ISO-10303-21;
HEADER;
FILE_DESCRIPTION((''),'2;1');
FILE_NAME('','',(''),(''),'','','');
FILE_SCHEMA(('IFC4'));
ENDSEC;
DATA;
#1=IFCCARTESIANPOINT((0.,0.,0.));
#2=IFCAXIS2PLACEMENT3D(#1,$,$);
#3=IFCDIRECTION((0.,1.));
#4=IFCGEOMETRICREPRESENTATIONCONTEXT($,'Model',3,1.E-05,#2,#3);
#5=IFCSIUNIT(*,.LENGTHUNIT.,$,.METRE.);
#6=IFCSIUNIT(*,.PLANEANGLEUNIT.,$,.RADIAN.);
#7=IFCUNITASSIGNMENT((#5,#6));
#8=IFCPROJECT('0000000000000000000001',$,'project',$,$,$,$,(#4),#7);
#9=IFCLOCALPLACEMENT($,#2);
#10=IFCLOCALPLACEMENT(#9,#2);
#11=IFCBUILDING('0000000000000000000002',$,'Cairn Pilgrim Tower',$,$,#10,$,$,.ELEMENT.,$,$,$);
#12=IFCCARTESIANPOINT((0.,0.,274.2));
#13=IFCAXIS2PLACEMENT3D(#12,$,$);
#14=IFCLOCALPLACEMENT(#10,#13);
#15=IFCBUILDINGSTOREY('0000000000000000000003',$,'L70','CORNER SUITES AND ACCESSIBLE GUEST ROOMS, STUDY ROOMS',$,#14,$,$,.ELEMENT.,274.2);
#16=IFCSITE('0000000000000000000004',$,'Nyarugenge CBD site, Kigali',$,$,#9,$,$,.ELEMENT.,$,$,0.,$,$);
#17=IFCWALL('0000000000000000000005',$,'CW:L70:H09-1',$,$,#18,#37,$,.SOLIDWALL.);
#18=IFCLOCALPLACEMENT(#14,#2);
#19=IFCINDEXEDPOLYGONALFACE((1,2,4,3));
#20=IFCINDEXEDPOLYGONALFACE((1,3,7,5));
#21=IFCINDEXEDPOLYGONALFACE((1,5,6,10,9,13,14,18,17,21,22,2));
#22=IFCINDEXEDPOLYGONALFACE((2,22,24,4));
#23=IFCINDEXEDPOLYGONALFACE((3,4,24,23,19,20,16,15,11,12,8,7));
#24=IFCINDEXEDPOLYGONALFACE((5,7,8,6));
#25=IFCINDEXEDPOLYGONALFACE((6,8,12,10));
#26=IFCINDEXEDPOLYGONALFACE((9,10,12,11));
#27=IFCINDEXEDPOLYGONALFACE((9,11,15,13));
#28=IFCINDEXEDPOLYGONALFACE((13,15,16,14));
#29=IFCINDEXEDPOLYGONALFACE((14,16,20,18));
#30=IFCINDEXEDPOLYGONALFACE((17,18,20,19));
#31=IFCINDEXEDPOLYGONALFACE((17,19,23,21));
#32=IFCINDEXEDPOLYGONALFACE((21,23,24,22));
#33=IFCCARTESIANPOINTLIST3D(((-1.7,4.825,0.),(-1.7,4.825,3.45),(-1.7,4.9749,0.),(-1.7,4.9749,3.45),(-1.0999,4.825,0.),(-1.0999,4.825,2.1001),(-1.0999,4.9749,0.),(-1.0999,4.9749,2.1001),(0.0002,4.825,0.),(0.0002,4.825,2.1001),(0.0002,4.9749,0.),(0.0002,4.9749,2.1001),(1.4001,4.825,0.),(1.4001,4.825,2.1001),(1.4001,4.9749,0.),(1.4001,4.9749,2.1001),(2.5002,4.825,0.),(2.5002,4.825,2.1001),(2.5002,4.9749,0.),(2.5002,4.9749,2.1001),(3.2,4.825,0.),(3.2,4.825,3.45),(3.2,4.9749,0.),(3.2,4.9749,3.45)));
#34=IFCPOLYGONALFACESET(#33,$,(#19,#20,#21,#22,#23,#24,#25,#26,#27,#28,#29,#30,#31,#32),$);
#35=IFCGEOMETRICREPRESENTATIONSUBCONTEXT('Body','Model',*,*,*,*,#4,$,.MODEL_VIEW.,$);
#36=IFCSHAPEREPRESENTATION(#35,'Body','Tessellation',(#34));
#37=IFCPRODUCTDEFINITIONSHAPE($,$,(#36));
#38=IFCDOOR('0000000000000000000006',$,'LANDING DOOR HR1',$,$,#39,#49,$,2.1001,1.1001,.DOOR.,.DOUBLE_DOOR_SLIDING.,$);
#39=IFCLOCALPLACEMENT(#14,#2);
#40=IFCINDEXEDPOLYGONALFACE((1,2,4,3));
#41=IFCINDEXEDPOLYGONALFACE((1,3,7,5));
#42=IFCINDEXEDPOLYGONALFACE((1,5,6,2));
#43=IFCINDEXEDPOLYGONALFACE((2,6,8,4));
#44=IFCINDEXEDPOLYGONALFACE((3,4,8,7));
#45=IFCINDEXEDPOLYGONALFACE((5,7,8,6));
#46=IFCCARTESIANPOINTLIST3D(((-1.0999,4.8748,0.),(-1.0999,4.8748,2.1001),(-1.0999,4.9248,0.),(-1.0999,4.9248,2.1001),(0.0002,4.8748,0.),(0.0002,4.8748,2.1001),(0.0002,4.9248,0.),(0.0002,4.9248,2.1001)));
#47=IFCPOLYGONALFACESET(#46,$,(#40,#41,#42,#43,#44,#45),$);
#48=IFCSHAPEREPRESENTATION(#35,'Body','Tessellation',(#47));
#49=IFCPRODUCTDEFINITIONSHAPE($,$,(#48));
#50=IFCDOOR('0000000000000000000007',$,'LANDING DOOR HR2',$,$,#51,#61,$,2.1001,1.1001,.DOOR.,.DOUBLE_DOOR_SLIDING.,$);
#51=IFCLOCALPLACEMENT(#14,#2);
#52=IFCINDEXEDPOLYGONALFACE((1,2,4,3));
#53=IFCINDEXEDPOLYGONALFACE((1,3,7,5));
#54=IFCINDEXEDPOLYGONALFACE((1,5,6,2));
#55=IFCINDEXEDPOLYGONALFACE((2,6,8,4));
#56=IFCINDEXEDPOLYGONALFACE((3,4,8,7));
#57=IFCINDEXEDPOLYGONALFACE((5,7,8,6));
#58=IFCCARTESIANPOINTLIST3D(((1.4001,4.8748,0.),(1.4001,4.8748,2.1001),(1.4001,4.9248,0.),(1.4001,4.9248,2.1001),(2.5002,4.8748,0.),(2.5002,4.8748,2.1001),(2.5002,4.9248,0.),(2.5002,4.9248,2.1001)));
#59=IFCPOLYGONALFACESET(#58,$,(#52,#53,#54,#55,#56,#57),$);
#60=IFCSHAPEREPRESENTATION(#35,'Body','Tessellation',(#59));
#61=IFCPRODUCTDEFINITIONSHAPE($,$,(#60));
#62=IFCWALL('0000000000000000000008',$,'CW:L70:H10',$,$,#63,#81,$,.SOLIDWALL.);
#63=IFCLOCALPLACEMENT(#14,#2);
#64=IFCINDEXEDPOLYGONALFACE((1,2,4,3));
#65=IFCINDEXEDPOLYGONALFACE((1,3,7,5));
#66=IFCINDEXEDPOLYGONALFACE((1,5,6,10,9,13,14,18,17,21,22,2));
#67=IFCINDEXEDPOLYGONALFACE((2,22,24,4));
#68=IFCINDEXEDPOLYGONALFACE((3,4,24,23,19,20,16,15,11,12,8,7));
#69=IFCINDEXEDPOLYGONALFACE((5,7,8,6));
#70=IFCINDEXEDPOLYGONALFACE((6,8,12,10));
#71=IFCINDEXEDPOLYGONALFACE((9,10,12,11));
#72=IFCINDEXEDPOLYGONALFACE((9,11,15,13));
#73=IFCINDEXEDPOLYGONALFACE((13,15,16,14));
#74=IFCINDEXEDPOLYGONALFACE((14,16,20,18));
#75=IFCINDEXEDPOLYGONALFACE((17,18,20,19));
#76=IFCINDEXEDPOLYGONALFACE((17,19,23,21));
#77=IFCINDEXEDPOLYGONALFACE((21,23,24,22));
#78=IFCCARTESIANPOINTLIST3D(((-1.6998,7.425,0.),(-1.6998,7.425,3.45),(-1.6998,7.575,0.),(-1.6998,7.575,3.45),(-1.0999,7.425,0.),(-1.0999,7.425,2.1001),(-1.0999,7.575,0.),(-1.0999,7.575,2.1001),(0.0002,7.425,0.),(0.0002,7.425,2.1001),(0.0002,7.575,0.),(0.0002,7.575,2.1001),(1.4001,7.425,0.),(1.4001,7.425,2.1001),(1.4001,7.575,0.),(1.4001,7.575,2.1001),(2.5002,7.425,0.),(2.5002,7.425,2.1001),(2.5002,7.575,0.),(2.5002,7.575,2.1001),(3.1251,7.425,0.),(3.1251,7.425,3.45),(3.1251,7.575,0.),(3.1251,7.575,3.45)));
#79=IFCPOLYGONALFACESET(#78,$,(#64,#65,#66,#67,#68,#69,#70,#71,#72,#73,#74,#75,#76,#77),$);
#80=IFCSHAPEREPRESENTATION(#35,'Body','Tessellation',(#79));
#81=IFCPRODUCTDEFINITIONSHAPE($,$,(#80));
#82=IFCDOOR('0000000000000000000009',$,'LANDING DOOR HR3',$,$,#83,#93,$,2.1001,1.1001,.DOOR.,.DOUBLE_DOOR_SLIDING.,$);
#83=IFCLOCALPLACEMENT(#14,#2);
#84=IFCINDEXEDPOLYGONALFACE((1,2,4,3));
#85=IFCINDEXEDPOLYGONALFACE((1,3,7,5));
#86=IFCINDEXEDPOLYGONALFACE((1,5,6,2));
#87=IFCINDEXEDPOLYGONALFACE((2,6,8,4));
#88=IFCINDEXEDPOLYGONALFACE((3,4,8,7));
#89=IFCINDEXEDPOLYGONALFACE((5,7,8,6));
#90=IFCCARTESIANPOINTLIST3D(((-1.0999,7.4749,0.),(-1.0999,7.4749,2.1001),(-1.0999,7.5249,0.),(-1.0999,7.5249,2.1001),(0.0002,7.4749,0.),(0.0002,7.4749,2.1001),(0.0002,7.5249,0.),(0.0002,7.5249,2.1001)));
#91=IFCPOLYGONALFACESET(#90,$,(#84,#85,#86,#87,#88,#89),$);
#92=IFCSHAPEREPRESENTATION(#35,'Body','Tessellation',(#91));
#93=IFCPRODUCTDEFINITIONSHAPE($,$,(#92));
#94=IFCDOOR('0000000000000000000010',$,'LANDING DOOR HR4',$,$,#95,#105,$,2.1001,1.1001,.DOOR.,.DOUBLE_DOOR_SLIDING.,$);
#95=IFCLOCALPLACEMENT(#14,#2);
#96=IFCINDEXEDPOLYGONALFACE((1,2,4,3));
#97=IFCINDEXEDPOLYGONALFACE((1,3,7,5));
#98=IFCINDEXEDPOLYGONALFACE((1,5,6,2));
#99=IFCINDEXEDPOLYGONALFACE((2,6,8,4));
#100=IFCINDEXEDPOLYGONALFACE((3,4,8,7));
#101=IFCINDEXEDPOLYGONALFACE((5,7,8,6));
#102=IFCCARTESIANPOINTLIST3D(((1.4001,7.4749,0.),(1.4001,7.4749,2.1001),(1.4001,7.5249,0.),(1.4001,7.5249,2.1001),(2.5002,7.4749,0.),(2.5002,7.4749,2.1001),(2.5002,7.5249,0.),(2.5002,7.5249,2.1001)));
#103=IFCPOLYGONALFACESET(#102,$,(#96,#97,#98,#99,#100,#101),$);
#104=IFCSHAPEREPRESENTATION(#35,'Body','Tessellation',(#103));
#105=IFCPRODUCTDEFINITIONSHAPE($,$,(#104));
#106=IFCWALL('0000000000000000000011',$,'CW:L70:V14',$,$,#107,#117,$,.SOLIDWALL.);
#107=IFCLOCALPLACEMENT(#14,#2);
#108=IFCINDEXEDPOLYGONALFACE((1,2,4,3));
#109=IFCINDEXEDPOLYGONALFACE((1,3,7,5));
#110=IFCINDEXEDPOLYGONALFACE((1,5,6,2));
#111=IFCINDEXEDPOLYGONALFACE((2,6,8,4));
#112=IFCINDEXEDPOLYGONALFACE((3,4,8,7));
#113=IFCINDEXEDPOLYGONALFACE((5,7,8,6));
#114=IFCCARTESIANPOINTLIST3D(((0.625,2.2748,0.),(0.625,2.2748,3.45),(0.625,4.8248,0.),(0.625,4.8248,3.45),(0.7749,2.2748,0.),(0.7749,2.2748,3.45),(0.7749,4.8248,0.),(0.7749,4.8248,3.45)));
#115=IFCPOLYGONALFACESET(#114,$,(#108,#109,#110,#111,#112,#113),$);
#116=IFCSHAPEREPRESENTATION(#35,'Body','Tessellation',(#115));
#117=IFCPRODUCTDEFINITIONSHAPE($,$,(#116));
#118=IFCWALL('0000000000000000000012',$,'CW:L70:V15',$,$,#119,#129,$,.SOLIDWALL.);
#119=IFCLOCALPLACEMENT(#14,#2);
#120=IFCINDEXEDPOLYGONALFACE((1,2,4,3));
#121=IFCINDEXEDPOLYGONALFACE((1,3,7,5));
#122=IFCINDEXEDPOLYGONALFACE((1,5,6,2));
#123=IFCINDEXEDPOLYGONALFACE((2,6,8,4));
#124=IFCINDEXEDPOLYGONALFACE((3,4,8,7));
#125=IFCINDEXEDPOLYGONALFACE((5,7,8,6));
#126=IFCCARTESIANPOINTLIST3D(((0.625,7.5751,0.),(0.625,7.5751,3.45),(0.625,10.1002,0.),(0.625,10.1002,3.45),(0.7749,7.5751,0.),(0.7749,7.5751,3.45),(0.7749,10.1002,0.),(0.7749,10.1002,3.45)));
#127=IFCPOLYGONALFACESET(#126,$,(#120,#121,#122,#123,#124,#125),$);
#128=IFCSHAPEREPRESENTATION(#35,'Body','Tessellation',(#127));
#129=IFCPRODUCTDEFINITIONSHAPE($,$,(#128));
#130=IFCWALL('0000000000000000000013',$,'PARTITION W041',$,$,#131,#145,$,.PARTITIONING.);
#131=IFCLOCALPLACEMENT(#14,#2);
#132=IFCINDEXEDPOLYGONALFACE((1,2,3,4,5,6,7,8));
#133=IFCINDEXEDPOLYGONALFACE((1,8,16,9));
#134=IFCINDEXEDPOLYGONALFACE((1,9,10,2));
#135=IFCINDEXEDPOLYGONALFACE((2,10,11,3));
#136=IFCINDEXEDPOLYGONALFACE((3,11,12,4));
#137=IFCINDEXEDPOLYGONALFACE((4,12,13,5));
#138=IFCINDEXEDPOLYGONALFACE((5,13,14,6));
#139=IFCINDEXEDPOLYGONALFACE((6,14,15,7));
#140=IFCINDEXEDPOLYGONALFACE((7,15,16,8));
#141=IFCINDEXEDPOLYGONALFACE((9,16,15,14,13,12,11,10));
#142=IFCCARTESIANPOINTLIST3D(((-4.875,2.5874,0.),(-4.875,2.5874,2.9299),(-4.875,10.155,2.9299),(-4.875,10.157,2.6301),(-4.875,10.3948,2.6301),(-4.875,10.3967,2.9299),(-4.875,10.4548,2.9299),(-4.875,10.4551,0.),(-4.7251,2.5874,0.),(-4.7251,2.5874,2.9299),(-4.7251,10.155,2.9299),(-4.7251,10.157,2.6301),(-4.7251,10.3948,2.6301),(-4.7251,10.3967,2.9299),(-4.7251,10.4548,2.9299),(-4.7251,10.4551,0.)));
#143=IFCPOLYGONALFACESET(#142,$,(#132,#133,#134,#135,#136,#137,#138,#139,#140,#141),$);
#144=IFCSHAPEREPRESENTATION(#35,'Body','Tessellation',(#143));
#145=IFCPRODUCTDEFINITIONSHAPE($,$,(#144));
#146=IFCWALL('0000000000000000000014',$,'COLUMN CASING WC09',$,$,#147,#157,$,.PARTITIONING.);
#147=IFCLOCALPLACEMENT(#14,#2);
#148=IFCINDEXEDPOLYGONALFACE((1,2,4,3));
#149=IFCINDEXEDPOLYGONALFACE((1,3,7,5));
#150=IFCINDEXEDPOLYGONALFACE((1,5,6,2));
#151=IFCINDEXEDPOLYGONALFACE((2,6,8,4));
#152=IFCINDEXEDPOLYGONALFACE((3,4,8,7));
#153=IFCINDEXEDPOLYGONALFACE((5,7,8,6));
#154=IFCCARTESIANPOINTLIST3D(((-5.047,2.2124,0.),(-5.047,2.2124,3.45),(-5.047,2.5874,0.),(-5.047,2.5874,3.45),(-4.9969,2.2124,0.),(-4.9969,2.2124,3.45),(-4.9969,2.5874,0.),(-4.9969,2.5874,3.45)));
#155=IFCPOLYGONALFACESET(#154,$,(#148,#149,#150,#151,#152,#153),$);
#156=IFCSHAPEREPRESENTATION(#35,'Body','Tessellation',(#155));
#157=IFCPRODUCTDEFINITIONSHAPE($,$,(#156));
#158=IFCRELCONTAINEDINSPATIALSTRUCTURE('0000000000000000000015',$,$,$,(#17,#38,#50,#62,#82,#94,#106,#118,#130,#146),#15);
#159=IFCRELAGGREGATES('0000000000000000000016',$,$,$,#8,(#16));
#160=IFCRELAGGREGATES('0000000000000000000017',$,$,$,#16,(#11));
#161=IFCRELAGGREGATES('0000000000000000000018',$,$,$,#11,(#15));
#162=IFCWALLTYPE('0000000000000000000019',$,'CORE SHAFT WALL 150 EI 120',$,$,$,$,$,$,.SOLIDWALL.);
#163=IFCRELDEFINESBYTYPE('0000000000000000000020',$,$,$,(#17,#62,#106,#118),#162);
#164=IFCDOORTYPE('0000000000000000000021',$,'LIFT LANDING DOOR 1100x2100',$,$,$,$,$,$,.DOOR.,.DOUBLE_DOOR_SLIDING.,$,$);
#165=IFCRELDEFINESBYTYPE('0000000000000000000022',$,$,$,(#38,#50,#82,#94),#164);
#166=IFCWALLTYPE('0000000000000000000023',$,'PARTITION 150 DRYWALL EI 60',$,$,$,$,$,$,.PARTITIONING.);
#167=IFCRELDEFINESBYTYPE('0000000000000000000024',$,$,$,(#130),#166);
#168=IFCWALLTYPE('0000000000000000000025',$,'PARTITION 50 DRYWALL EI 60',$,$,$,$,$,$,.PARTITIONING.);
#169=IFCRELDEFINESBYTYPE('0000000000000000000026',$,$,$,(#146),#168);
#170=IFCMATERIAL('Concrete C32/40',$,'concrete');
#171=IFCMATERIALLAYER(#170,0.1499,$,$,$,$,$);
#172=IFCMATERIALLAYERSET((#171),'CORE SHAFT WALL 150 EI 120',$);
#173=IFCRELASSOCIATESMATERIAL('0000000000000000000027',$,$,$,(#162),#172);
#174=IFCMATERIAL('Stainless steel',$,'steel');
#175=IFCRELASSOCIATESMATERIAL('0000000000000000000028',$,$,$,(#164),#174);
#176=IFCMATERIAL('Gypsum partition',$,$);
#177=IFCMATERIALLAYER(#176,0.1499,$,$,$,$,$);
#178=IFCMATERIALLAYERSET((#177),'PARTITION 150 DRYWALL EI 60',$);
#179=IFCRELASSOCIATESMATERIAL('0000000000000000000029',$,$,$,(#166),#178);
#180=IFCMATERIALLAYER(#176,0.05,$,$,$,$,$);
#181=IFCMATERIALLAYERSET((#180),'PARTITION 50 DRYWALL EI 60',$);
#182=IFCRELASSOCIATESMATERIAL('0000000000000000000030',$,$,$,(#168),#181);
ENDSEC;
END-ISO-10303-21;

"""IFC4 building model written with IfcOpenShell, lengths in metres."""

from ifc_helpers import new_model, si_unit, direction, frame, frame_2d, origin, place, context, subcontext, project, spatial, polyline, rectangle, outline, extrude, material, layer, layer_set, type_object, element, fill, save


model = new_model("IFC4")

# Units and contexts
model_context = context("Model", 3, precision=1e-05, world=origin(), true_north=direction((0.0, 1.0)))
body_context = subcontext(model_context, "Body", "Model", "MODEL_VIEW")
ifc_project = project(units=[si_unit("LENGTHUNIT", "METRE"), si_unit("PLANEANGLEUNIT", "RADIAN")], contexts=[model_context])

# Site, building, storey
site_placement = place(None, origin())
site = spatial("IfcSite", under=ifc_project, at=site_placement, Name="Nyarugenge CBD site, Kigali", CompositionType="ELEMENT", RefElevation=0.0)
building_placement = place(site_placement, origin())
building = spatial("IfcBuilding", under=site, at=building_placement, Name="Cairn Pilgrim Tower", CompositionType="ELEMENT")
storey_placement = place(building_placement, frame((0.0, 0.0, 274.2)))
storey = spatial("IfcBuildingStorey", under=building, at=storey_placement, Name="L70", Description="CORNER SUITES AND ACCESSIBLE GUEST ROOMS, STUDY ROOMS", CompositionType="ELEMENT", Elevation=274.2)

# Shared definitions
ifc_material_1 = material(Name="Concrete C32/40", Category="concrete")

# Shared definitions
ifc_layer_1 = layer(ifc_material_1, 0.1499)
ifc_layer_set_1 = layer_set([ifc_layer_1], Name="CORE SHAFT WALL 150 EI 120")
wall_type_1 = type_object("IfcWallType", Name="CORE SHAFT WALL 150 EI 120", PredefinedType="SOLIDWALL", material=ifc_layer_set_1)

# Walls, openings, doors
wall_1_placement = place(storey_placement, frame((-1.7, 4.8999, 0.0), z_axis=(0.0, 0.0, 1.0), x_axis=(1.0, 0.0, 0.0)))
wall_1 = element("IfcWall", 1, at=wall_1_placement, inside=storey, type_object=wall_type_1, Name="CW:L70:H09-1", PredefinedType="SOLIDWALL", context=body_context, shape_type="SweptSolid", body=[
    extrude(rectangle(XDim=4.8999, YDim=0.1499, at=frame_2d((2.45, 0.0))), origin(), (0.0, 0.0, 1.0), 3.45),
])
opening_1_placement = place(wall_1_placement, frame((0.6001, 0.0, 0.0)))
opening_1 = element("IfcOpeningElement", 2, at=opening_1_placement, cuts=wall_1, PredefinedType="OPENING", context=body_context, shape_type="SweptSolid", body=[
    extrude(rectangle(XDim=1.1001, YDim=2.1001, at=frame_2d((0.55, 1.05))), frame((0.0, 0.085, 0.0), z_axis=(0.0, -1.0, 0.0), x_axis=(1.0, 0.0, 0.0)), (0.0, 0.0, 1.0), 0.1699),
])
opening_2_placement = place(wall_1_placement, frame((3.1001, 0.0, 0.0)))
opening_2 = element("IfcOpeningElement", 3, at=opening_2_placement, cuts=wall_1, PredefinedType="OPENING", context=body_context, shape_type="SweptSolid", body=[
    extrude(rectangle(XDim=1.1001, YDim=2.1001, at=frame_2d((0.55, 1.05))), frame((0.0, 0.085, 0.0), z_axis=(0.0, -1.0, 0.0), x_axis=(1.0, 0.0, 0.0)), (0.0, 0.0, 1.0), 0.1699),
])
ifc_material_2 = material(Name="Stainless steel", Category="steel")
door_type = type_object("IfcDoorType", Name="LIFT LANDING DOOR 1100x2100", OperationType="DOUBLE_DOOR_SLIDING", PredefinedType="DOOR", material=ifc_material_2)
door_1_placement = place(opening_1_placement, origin())
door_1 = element("IfcDoor", 4, at=door_1_placement, inside=storey, type_object=door_type, Name="LANDING DOOR HR1", OperationType="DOUBLE_DOOR_SLIDING", OverallHeight=2.1001, OverallWidth=1.1001, PredefinedType="DOOR", context=body_context, shape_type="SweptSolid", body=[
    extrude(rectangle(XDim=1.1001, YDim=2.1001, at=frame_2d((0.55, 1.05))), frame((0.0, 0.0249, 0.0), z_axis=(0.0, -1.0, 0.0), x_axis=(1.0, 0.0, 0.0)), (0.0, 0.0, 1.0), 0.05),
])
fill(opening_1, door_1)
door_2_placement = place(opening_2_placement, origin())
door_2 = element("IfcDoor", 5, at=door_2_placement, inside=storey, type_object=door_type, Name="LANDING DOOR HR2", OperationType="DOUBLE_DOOR_SLIDING", OverallHeight=2.1001, OverallWidth=1.1001, PredefinedType="DOOR", context=body_context, shape_type="SweptSolid", body=[
    extrude(rectangle(XDim=1.1001, YDim=2.1001, at=frame_2d((0.55, 1.05))), frame((0.0, 0.0249, 0.0), z_axis=(0.0, -1.0, 0.0), x_axis=(1.0, 0.0, 0.0)), (0.0, 0.0, 1.0), 0.05),
])
fill(opening_2, door_2)
wall_2_placement = place(storey_placement, frame((-1.7, 7.5, 0.0), z_axis=(0.0, 0.0, 1.0), x_axis=(1.0, 0.0, 0.0)))
wall_2 = element("IfcWall", 6, at=wall_2_placement, inside=storey, type_object=wall_type_1, Name="CW:L70:H10", PredefinedType="SOLIDWALL", context=body_context, shape_type="SweptSolid", body=[
    extrude(rectangle(XDim=4.825, YDim=0.1499, at=frame_2d((2.4126, 0.0))), origin(), (0.0, 0.0, 1.0), 3.45),
])
opening_3_placement = place(wall_2_placement, frame((0.6001, 0.0, 0.0)))
opening_3 = element("IfcOpeningElement", 7, at=opening_3_placement, cuts=wall_2, PredefinedType="OPENING", context=body_context, shape_type="SweptSolid", body=[
    extrude(rectangle(XDim=1.1001, YDim=2.1001, at=frame_2d((0.55, 1.05))), frame((0.0, 0.085, 0.0), z_axis=(0.0, -1.0, 0.0), x_axis=(1.0, 0.0, 0.0)), (0.0, 0.0, 1.0), 0.1699),
])
opening_4_placement = place(wall_2_placement, frame((3.1001, 0.0, 0.0)))
opening_4 = element("IfcOpeningElement", 8, at=opening_4_placement, cuts=wall_2, PredefinedType="OPENING", context=body_context, shape_type="SweptSolid", body=[
    extrude(rectangle(XDim=1.1001, YDim=2.1001, at=frame_2d((0.55, 1.05))), frame((0.0, 0.085, 0.0), z_axis=(0.0, -1.0, 0.0), x_axis=(1.0, 0.0, 0.0)), (0.0, 0.0, 1.0), 0.1699),
])
door_3_placement = place(opening_3_placement, origin())
door_3 = element("IfcDoor", 9, at=door_3_placement, inside=storey, type_object=door_type, Name="LANDING DOOR HR3", OperationType="DOUBLE_DOOR_SLIDING", OverallHeight=2.1001, OverallWidth=1.1001, PredefinedType="DOOR", context=body_context, shape_type="SweptSolid", body=[
    extrude(rectangle(XDim=1.1001, YDim=2.1001, at=frame_2d((0.55, 1.05))), frame((0.0, 0.0249, 0.0), z_axis=(0.0, -1.0, 0.0), x_axis=(1.0, 0.0, 0.0)), (0.0, 0.0, 1.0), 0.05),
])
fill(opening_3, door_3)
door_4_placement = place(opening_4_placement, origin())
door_4 = element("IfcDoor", 10, at=door_4_placement, inside=storey, type_object=door_type, Name="LANDING DOOR HR4", OperationType="DOUBLE_DOOR_SLIDING", OverallHeight=2.1001, OverallWidth=1.1001, PredefinedType="DOOR", context=body_context, shape_type="SweptSolid", body=[
    extrude(rectangle(XDim=1.1001, YDim=2.1001, at=frame_2d((0.55, 1.05))), frame((0.0, 0.0249, 0.0), z_axis=(0.0, -1.0, 0.0), x_axis=(1.0, 0.0, 0.0)), (0.0, 0.0, 1.0), 0.05),
])
fill(opening_4, door_4)

# Walls
wall_3_placement = place(storey_placement, frame((0.7, 2.2749, 0.0), z_axis=(0.0, 0.0, 1.0), x_axis=(0.0, 1.0, 0.0)))
element("IfcWall", 11, at=wall_3_placement, inside=storey, type_object=wall_type_1, Name="CW:L70:V14", PredefinedType="SOLIDWALL", context=body_context, shape_type="SweptSolid", body=[
    extrude(rectangle(XDim=2.55, YDim=0.1499, at=frame_2d((1.2749, 0.0))), origin(), (0.0, 0.0, 1.0), 3.45),
])
wall_4_placement = place(storey_placement, frame((0.7, 7.575, 0.0), z_axis=(0.0, 0.0, 1.0), x_axis=(0.0, 1.0, 0.0)))
element("IfcWall", 12, at=wall_4_placement, inside=storey, type_object=wall_type_1, Name="CW:L70:V15", PredefinedType="SOLIDWALL", context=body_context, shape_type="SweptSolid", body=[
    extrude(rectangle(XDim=2.5251, YDim=0.1499, at=frame_2d((1.2627, 0.0))), origin(), (0.0, 0.0, 1.0), 3.45),
])
ifc_material_3 = material(Name="Gypsum partition")
ifc_layer_2 = layer(ifc_material_3, 0.1499)
ifc_layer_set_2 = layer_set([ifc_layer_2], Name="PARTITION 150 DRYWALL EI 60")
wall_type_2 = type_object("IfcWallType", Name="PARTITION 150 DRYWALL EI 60", PredefinedType="PARTITIONING", material=ifc_layer_set_2)
wall_5_placement = place(storey_placement, frame((-4.8, 2.5874, 0.0), z_axis=(0.0, 0.0, 1.0), x_axis=(0.0, 1.0, 0.0)))
element("IfcWall", 13, at=wall_5_placement, inside=storey, type_object=wall_type_2, Name="PARTITION W041", PredefinedType="PARTITIONING", context=body_context, shape_type="SweptSolid", body=[
    extrude(outline(polyline([(0.0, 0.0), (7.8677, 0.0), (7.8674, 2.9299), (7.8093, 2.9299), (7.8074, 2.6301), (7.5696, 2.6301), (7.5676, 2.9299), (0.0, 2.9299), (0.0, 0.0)])), frame((0.0, 0.075, 0.0), z_axis=(0.0, -1.0, 0.0), x_axis=(1.0, 0.0, 0.0)), (0.0, 0.0, 1.0), 0.1499),
])
ifc_layer_3 = layer(ifc_material_3, 0.05)
ifc_layer_set_3 = layer_set([ifc_layer_3], Name="PARTITION 50 DRYWALL EI 60")
wall_type_3 = type_object("IfcWallType", Name="PARTITION 50 DRYWALL EI 60", PredefinedType="PARTITIONING", material=ifc_layer_set_3)
wall_6_placement = place(storey_placement, frame((-5.022, 2.2124, 0.0), z_axis=(0.0, 0.0, 1.0), x_axis=(0.0, 1.0, 0.0)))
element("IfcWall", 14, at=wall_6_placement, inside=storey, type_object=wall_type_3, Name="COLUMN CASING WC09", PredefinedType="PARTITIONING", context=body_context, shape_type="SweptSolid", body=[
    extrude(rectangle(XDim=0.375, YDim=0.05, at=frame_2d((0.1875, 0.0))), origin(), (0.0, 0.0, 1.0), 3.45),
])

save(model, "model.ifc")
